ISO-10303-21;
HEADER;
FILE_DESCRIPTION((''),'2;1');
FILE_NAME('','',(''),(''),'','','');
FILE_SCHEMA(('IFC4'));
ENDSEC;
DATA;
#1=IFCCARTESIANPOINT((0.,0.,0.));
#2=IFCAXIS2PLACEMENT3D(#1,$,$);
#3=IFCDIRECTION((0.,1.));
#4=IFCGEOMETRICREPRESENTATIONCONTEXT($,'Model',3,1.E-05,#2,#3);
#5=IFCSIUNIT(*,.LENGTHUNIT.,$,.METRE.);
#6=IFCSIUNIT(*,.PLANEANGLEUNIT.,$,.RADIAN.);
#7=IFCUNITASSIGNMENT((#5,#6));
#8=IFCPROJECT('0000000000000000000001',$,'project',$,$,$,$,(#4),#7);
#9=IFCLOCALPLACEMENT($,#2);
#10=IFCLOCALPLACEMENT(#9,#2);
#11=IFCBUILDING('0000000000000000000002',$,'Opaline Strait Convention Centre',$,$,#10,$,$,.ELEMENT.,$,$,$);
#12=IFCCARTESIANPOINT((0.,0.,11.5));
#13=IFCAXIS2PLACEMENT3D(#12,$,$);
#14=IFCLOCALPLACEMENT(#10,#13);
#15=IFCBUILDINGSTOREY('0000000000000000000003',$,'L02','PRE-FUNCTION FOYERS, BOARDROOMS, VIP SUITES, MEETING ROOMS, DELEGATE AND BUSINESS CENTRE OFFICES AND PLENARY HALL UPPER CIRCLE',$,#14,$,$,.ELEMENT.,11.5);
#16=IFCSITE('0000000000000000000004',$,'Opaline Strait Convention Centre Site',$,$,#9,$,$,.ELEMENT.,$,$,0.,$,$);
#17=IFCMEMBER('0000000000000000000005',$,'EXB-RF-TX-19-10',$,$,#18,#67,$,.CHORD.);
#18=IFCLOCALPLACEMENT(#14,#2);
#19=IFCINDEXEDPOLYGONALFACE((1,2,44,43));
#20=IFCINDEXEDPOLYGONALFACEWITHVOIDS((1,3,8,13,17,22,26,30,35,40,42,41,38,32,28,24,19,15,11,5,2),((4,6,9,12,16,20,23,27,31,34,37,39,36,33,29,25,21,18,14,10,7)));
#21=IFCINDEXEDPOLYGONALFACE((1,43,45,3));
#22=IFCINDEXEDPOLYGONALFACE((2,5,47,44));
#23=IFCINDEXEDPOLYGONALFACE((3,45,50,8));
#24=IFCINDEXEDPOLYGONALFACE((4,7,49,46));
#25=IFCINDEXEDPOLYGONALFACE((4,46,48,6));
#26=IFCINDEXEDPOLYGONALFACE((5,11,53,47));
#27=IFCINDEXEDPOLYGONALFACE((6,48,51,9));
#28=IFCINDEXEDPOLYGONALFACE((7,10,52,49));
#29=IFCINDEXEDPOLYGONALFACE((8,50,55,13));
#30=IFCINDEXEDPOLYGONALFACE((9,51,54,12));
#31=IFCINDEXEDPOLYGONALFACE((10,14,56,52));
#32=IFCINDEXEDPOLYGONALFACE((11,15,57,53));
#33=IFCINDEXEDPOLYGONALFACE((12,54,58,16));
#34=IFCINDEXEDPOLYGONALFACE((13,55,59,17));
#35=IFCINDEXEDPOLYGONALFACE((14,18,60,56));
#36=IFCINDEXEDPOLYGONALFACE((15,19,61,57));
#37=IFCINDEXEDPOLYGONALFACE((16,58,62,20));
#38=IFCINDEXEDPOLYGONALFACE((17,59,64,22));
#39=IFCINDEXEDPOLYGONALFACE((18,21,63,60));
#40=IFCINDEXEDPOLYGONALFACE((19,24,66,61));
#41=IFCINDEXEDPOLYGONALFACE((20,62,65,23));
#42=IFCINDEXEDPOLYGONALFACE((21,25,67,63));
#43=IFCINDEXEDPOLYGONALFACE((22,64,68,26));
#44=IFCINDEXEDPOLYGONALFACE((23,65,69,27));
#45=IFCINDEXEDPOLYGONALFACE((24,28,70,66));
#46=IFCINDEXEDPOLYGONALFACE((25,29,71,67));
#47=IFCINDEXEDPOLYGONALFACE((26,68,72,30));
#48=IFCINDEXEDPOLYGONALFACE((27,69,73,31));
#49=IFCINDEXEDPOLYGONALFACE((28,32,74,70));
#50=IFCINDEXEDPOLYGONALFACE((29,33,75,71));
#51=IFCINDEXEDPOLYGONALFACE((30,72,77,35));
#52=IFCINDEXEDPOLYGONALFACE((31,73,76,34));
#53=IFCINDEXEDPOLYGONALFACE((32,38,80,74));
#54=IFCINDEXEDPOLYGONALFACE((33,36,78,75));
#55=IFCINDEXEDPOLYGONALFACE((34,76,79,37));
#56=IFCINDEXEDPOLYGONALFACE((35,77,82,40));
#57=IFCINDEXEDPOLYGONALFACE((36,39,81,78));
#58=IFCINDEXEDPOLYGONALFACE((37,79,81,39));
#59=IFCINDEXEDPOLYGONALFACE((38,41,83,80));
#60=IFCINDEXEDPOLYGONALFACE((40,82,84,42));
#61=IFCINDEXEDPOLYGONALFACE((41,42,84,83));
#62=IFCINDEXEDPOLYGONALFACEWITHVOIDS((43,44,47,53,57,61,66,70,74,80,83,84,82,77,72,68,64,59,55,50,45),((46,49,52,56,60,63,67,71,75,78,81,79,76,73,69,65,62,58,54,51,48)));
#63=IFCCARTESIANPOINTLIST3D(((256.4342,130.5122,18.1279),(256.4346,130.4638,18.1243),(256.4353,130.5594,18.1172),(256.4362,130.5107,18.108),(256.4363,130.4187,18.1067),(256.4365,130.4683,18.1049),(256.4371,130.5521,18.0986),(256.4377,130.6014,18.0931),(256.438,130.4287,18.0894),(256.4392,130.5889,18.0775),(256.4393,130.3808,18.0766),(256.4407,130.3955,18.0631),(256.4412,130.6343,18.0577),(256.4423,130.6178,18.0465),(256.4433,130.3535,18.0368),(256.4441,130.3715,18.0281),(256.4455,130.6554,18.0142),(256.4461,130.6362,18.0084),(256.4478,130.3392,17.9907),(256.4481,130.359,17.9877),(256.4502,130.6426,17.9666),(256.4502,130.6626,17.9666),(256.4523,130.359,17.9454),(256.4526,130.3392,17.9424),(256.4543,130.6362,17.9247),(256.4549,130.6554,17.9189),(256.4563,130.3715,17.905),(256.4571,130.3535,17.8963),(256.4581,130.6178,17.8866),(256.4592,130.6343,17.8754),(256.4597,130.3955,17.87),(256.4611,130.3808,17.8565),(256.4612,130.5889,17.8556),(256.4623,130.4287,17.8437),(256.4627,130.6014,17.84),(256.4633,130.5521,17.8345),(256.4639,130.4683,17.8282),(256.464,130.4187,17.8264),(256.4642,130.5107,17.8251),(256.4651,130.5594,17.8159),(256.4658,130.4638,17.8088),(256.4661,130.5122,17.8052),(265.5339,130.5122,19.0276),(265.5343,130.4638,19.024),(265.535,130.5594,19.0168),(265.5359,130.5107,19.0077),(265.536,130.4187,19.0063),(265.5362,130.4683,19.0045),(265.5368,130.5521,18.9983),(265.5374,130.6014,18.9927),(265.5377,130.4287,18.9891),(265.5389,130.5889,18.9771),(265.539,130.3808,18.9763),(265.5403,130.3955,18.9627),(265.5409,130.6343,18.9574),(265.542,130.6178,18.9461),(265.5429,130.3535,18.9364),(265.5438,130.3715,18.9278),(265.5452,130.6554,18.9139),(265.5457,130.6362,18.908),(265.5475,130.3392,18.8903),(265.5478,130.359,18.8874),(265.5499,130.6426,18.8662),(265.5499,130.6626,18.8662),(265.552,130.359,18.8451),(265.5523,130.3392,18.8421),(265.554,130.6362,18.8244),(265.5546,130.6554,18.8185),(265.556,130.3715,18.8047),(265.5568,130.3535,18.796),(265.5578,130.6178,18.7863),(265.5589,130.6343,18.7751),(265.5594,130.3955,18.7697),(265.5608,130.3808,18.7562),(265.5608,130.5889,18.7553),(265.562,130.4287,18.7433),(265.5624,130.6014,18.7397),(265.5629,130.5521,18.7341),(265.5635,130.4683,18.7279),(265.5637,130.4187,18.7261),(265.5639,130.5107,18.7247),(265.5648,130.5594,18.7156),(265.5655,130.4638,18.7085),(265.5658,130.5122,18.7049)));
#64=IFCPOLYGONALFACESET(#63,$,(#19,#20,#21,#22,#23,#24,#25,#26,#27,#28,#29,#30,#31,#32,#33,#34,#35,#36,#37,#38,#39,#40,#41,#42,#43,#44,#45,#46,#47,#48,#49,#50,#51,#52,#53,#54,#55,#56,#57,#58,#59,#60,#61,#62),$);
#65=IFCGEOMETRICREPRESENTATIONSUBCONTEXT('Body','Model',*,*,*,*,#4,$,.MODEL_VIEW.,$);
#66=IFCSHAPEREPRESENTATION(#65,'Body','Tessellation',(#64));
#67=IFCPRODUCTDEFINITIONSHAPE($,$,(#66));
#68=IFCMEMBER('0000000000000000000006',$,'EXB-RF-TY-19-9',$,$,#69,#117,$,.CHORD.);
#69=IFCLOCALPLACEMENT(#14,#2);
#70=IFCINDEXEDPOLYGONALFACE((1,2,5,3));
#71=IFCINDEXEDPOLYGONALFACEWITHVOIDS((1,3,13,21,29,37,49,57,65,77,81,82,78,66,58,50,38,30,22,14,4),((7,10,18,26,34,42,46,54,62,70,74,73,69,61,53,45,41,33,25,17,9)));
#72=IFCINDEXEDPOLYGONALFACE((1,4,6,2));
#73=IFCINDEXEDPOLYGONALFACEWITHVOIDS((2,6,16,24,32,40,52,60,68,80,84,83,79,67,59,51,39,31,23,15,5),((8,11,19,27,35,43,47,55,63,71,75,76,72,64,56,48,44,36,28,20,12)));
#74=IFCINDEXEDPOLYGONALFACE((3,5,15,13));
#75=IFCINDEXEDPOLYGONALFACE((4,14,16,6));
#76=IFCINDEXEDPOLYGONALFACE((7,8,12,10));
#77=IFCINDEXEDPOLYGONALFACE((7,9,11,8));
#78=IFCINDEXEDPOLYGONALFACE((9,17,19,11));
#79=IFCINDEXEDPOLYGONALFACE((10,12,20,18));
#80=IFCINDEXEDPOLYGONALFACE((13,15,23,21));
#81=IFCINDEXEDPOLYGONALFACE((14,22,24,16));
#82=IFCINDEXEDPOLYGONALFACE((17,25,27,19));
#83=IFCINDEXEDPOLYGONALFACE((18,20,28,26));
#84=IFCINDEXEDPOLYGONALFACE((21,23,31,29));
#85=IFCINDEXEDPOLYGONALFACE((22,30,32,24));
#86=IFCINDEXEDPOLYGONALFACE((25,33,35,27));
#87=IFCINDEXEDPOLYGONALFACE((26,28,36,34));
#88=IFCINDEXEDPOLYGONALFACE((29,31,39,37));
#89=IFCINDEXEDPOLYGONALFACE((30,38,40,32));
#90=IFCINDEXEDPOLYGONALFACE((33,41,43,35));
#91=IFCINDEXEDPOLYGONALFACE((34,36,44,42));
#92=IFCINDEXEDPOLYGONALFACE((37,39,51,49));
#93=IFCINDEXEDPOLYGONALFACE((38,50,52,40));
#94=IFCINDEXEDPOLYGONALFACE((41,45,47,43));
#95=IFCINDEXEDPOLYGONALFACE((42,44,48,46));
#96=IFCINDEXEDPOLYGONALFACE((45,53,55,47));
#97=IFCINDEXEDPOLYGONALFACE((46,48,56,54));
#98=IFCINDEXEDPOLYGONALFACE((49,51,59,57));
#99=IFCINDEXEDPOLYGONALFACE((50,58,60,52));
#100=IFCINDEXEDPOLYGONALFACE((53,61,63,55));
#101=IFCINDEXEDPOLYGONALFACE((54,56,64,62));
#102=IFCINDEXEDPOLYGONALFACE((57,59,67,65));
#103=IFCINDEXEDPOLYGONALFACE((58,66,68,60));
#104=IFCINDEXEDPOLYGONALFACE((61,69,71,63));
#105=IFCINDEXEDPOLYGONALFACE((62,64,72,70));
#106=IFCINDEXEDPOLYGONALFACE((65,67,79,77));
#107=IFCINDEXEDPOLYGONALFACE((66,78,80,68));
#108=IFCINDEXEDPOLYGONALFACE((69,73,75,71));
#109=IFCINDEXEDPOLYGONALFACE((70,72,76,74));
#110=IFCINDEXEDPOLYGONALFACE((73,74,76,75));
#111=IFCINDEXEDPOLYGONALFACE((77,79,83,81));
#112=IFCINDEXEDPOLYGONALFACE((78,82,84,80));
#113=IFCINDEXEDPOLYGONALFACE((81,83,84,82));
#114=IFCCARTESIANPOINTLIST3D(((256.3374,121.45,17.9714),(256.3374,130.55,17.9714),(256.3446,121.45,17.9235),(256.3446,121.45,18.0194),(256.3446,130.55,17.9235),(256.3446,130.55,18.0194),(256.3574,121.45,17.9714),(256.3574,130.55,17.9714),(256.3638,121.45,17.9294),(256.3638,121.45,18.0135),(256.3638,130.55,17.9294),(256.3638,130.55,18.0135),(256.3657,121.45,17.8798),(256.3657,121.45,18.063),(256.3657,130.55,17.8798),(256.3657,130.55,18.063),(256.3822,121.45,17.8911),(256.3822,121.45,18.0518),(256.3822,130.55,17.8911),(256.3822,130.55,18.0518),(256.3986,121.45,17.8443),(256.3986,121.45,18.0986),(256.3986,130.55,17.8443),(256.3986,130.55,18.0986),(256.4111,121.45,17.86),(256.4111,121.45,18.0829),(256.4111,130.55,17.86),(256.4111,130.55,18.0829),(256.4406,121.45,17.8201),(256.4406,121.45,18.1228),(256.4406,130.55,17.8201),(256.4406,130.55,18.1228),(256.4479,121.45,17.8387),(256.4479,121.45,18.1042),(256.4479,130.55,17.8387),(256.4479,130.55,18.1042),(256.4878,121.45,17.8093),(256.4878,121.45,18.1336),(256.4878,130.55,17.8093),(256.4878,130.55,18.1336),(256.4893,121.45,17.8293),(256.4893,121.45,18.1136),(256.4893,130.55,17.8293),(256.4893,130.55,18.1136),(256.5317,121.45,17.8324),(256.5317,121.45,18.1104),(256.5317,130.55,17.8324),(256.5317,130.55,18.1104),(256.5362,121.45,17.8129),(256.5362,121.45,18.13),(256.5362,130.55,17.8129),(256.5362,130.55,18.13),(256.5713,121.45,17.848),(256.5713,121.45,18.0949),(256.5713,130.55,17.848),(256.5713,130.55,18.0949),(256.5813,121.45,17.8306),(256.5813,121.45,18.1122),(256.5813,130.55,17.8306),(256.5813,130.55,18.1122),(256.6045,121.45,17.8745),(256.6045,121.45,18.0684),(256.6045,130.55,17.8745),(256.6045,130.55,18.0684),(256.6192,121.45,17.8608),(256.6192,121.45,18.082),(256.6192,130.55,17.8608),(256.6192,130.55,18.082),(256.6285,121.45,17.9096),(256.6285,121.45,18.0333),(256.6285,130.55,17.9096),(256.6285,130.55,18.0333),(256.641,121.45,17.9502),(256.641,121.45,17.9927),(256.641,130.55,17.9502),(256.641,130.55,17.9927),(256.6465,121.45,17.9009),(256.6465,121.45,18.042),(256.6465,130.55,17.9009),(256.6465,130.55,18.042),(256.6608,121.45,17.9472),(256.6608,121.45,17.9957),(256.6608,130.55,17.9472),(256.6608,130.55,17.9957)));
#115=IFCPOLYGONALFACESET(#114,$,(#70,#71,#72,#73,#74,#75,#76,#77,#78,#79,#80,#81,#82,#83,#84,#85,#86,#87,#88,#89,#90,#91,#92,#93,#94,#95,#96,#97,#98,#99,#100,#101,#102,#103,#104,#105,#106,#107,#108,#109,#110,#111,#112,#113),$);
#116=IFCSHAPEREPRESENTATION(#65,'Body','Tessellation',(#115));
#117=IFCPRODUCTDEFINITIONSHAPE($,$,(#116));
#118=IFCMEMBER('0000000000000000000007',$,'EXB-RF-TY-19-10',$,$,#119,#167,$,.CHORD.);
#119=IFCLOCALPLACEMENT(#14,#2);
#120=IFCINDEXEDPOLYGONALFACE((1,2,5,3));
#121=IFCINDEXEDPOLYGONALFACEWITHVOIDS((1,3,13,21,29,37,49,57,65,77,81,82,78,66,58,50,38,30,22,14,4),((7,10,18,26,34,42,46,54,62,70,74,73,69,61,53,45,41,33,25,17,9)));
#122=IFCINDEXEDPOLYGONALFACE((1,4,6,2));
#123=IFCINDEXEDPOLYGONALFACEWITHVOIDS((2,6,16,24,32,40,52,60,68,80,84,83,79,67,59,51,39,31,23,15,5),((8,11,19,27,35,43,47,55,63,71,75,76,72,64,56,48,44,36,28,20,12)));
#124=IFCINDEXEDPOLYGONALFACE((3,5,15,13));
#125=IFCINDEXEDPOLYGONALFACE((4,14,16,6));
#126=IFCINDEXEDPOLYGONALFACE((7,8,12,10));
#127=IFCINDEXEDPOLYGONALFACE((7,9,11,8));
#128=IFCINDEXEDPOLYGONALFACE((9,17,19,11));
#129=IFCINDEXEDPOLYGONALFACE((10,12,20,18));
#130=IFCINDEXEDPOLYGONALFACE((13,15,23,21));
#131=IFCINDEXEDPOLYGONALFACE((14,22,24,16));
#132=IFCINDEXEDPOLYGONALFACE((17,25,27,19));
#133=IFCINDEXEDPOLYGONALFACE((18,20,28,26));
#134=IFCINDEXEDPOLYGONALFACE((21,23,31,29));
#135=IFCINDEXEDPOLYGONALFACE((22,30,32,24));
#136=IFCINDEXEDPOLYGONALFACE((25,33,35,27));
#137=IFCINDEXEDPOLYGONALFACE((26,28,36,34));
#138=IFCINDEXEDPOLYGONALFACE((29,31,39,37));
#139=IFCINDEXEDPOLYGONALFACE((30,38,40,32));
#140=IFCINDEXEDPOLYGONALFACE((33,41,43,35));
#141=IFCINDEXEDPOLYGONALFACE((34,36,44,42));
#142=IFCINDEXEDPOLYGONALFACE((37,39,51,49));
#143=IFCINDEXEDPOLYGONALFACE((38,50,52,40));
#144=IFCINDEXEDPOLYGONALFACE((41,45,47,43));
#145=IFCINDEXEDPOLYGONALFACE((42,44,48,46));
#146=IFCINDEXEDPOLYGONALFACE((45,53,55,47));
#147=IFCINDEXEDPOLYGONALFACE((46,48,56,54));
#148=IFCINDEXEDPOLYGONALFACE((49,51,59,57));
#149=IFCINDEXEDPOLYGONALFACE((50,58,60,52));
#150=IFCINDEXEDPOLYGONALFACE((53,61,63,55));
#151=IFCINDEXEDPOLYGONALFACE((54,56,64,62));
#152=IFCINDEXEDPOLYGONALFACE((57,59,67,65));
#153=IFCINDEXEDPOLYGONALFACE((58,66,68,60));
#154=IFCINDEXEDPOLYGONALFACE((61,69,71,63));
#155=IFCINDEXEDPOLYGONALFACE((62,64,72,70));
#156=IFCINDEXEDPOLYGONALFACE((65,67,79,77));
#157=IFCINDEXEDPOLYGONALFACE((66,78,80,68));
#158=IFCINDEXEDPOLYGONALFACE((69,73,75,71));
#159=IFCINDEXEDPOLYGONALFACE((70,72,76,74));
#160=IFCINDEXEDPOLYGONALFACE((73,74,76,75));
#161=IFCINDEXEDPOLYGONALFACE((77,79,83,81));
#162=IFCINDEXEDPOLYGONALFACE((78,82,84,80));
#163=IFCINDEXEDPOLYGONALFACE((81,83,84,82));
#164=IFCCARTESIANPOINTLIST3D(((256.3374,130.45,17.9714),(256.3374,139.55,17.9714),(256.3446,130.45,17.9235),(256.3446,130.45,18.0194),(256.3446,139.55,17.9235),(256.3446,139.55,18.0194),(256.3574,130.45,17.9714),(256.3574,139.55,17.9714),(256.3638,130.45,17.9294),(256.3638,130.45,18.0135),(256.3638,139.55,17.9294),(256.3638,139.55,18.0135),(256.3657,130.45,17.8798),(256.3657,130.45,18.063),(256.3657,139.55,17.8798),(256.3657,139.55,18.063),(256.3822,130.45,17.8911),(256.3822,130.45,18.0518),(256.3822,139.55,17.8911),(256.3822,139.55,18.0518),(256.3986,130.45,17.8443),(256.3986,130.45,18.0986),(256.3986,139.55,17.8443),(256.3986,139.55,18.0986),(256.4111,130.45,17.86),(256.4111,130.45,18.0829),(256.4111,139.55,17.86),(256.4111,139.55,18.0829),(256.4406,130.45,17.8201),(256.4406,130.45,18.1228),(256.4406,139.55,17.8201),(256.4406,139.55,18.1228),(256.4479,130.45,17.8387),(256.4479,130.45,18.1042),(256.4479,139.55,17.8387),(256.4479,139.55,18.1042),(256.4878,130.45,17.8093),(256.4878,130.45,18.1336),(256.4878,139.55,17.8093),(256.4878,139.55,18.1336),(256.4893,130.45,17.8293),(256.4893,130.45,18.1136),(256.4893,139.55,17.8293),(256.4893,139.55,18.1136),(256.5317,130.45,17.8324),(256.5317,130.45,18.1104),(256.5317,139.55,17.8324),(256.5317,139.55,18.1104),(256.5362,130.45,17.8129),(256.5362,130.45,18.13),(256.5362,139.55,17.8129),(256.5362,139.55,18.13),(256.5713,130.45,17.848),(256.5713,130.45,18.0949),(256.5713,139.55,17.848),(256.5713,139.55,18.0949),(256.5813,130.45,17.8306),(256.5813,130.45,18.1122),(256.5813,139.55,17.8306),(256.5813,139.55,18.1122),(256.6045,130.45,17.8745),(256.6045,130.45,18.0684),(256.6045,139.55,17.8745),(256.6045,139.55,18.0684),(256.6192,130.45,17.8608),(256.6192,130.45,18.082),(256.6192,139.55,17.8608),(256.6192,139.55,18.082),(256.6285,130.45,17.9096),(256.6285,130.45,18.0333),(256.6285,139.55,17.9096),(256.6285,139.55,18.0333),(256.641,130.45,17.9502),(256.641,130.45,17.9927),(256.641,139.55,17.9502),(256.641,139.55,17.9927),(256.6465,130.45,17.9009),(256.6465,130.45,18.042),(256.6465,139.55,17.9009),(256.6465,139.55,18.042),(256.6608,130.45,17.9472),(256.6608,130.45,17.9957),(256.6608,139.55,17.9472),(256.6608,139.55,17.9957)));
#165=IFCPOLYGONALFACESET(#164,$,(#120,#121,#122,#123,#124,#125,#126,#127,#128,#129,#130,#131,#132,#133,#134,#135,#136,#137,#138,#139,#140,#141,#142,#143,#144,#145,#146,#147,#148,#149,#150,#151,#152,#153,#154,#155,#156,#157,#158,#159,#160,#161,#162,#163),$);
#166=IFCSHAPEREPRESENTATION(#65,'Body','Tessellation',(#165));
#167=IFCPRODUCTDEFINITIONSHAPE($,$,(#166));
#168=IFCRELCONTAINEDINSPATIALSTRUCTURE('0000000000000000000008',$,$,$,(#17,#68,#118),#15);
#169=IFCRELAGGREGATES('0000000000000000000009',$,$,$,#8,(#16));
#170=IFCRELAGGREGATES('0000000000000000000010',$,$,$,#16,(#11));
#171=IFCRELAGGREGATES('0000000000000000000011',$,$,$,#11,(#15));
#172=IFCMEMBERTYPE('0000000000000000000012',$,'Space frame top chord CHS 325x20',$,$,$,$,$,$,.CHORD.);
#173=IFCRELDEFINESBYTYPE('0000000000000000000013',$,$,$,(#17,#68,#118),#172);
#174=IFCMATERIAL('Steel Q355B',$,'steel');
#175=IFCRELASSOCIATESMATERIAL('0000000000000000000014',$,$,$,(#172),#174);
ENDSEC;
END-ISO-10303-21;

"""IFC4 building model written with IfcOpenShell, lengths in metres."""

from ifc_helpers import new_model, si_unit, direction, frame, origin, origin_2d, place, context, subcontext, project, spatial, hollow_circle, extrude, material, material_profile, profile_set, type_object, element, save


model = new_model("IFC4")

# Units and contexts
model_context = context("Model", 3, precision=1e-05, world=origin(), true_north=direction((0.0, 1.0)))
body_context = subcontext(model_context, "Body", "Model", "MODEL_VIEW")
ifc_project = project(units=[si_unit("LENGTHUNIT", "METRE"), si_unit("PLANEANGLEUNIT", "RADIAN")], contexts=[model_context])

# Site, building, storey
site_placement = place(None, origin())
site = spatial("IfcSite", under=ifc_project, at=site_placement, Name="Opaline Strait Convention Centre Site", CompositionType="ELEMENT", RefElevation=0.0)
building_placement = place(site_placement, origin())
building = spatial("IfcBuilding", under=site, at=building_placement, Name="Opaline Strait Convention Centre", CompositionType="ELEMENT")
storey_placement = place(building_placement, frame((0.0, 0.0, 11.5)))
storey = spatial("IfcBuildingStorey", under=building, at=storey_placement, Name="L02", Description="PRE-FUNCTION FOYERS, BOARDROOMS, VIP SUITES, MEETING ROOMS, DELEGATE AND BUSINESS CENTRE OFFICES AND PLENARY HALL UPPER CIRCLE", CompositionType="ELEMENT", Elevation=11.5)

# Shared definitions
ifc_material_1 = material(Name="Steel Q355B", Category="steel")

# Members
ifc_material_profile_1 = material_profile(ifc_material_1, hollow_circle(Radius=0.1626, WallThickness=0.02, at=origin_2d()), Name="CHS 325x20")
ifc_profile_set_1 = profile_set([ifc_material_profile_1], Name="Steel Q355B")
member_type_1 = type_object("IfcMemberType", Name="Space frame top chord CHS 325x20", PredefinedType="CHORD", material=ifc_profile_set_1)
member_1_placement = place(storey_placement, frame((256.4502, 130.5, 17.9666), z_axis=(0.995148, 0.0, 0.098388), x_axis=(0.0, 1.0, 0.0)))
element("IfcMember", 1, at=member_1_placement, inside=storey, type_object=member_type_1, Name="EXB-RF-TX-19-10", PredefinedType="CHORD", context=body_context, shape_type="SweptSolid", body=[
    extrude(hollow_circle(Radius=0.1626, WallThickness=0.02, at=origin_2d()), origin(), (0.0, 0.0, 1.0), 9.144),
])
for number, where, z_axis, x_axis, name in (
    (2, (256.5, 121.45, 17.9714), (0.0, 1.0, 0.0), (-1.0, 0.0, 0.0), "EXB-RF-TY-19-9"),
    (3, (256.5, 130.45, 17.9714), (0.0, 1.0, 0.0), (-1.0, 0.0, 0.0), "EXB-RF-TY-19-10"),
):
    element("IfcMember", number, at=place(storey_placement, frame(where, z_axis=z_axis, x_axis=x_axis)), inside=storey, type_object=member_type_1, Name=name, PredefinedType="CHORD", context=body_context, shape_type="SweptSolid", body=[
        extrude(hollow_circle(Radius=0.1626, WallThickness=0.02, at=origin_2d()), origin(), (0.0, 0.0, 1.0), 9.1001),
    ])

save(model, "model.ifc")
